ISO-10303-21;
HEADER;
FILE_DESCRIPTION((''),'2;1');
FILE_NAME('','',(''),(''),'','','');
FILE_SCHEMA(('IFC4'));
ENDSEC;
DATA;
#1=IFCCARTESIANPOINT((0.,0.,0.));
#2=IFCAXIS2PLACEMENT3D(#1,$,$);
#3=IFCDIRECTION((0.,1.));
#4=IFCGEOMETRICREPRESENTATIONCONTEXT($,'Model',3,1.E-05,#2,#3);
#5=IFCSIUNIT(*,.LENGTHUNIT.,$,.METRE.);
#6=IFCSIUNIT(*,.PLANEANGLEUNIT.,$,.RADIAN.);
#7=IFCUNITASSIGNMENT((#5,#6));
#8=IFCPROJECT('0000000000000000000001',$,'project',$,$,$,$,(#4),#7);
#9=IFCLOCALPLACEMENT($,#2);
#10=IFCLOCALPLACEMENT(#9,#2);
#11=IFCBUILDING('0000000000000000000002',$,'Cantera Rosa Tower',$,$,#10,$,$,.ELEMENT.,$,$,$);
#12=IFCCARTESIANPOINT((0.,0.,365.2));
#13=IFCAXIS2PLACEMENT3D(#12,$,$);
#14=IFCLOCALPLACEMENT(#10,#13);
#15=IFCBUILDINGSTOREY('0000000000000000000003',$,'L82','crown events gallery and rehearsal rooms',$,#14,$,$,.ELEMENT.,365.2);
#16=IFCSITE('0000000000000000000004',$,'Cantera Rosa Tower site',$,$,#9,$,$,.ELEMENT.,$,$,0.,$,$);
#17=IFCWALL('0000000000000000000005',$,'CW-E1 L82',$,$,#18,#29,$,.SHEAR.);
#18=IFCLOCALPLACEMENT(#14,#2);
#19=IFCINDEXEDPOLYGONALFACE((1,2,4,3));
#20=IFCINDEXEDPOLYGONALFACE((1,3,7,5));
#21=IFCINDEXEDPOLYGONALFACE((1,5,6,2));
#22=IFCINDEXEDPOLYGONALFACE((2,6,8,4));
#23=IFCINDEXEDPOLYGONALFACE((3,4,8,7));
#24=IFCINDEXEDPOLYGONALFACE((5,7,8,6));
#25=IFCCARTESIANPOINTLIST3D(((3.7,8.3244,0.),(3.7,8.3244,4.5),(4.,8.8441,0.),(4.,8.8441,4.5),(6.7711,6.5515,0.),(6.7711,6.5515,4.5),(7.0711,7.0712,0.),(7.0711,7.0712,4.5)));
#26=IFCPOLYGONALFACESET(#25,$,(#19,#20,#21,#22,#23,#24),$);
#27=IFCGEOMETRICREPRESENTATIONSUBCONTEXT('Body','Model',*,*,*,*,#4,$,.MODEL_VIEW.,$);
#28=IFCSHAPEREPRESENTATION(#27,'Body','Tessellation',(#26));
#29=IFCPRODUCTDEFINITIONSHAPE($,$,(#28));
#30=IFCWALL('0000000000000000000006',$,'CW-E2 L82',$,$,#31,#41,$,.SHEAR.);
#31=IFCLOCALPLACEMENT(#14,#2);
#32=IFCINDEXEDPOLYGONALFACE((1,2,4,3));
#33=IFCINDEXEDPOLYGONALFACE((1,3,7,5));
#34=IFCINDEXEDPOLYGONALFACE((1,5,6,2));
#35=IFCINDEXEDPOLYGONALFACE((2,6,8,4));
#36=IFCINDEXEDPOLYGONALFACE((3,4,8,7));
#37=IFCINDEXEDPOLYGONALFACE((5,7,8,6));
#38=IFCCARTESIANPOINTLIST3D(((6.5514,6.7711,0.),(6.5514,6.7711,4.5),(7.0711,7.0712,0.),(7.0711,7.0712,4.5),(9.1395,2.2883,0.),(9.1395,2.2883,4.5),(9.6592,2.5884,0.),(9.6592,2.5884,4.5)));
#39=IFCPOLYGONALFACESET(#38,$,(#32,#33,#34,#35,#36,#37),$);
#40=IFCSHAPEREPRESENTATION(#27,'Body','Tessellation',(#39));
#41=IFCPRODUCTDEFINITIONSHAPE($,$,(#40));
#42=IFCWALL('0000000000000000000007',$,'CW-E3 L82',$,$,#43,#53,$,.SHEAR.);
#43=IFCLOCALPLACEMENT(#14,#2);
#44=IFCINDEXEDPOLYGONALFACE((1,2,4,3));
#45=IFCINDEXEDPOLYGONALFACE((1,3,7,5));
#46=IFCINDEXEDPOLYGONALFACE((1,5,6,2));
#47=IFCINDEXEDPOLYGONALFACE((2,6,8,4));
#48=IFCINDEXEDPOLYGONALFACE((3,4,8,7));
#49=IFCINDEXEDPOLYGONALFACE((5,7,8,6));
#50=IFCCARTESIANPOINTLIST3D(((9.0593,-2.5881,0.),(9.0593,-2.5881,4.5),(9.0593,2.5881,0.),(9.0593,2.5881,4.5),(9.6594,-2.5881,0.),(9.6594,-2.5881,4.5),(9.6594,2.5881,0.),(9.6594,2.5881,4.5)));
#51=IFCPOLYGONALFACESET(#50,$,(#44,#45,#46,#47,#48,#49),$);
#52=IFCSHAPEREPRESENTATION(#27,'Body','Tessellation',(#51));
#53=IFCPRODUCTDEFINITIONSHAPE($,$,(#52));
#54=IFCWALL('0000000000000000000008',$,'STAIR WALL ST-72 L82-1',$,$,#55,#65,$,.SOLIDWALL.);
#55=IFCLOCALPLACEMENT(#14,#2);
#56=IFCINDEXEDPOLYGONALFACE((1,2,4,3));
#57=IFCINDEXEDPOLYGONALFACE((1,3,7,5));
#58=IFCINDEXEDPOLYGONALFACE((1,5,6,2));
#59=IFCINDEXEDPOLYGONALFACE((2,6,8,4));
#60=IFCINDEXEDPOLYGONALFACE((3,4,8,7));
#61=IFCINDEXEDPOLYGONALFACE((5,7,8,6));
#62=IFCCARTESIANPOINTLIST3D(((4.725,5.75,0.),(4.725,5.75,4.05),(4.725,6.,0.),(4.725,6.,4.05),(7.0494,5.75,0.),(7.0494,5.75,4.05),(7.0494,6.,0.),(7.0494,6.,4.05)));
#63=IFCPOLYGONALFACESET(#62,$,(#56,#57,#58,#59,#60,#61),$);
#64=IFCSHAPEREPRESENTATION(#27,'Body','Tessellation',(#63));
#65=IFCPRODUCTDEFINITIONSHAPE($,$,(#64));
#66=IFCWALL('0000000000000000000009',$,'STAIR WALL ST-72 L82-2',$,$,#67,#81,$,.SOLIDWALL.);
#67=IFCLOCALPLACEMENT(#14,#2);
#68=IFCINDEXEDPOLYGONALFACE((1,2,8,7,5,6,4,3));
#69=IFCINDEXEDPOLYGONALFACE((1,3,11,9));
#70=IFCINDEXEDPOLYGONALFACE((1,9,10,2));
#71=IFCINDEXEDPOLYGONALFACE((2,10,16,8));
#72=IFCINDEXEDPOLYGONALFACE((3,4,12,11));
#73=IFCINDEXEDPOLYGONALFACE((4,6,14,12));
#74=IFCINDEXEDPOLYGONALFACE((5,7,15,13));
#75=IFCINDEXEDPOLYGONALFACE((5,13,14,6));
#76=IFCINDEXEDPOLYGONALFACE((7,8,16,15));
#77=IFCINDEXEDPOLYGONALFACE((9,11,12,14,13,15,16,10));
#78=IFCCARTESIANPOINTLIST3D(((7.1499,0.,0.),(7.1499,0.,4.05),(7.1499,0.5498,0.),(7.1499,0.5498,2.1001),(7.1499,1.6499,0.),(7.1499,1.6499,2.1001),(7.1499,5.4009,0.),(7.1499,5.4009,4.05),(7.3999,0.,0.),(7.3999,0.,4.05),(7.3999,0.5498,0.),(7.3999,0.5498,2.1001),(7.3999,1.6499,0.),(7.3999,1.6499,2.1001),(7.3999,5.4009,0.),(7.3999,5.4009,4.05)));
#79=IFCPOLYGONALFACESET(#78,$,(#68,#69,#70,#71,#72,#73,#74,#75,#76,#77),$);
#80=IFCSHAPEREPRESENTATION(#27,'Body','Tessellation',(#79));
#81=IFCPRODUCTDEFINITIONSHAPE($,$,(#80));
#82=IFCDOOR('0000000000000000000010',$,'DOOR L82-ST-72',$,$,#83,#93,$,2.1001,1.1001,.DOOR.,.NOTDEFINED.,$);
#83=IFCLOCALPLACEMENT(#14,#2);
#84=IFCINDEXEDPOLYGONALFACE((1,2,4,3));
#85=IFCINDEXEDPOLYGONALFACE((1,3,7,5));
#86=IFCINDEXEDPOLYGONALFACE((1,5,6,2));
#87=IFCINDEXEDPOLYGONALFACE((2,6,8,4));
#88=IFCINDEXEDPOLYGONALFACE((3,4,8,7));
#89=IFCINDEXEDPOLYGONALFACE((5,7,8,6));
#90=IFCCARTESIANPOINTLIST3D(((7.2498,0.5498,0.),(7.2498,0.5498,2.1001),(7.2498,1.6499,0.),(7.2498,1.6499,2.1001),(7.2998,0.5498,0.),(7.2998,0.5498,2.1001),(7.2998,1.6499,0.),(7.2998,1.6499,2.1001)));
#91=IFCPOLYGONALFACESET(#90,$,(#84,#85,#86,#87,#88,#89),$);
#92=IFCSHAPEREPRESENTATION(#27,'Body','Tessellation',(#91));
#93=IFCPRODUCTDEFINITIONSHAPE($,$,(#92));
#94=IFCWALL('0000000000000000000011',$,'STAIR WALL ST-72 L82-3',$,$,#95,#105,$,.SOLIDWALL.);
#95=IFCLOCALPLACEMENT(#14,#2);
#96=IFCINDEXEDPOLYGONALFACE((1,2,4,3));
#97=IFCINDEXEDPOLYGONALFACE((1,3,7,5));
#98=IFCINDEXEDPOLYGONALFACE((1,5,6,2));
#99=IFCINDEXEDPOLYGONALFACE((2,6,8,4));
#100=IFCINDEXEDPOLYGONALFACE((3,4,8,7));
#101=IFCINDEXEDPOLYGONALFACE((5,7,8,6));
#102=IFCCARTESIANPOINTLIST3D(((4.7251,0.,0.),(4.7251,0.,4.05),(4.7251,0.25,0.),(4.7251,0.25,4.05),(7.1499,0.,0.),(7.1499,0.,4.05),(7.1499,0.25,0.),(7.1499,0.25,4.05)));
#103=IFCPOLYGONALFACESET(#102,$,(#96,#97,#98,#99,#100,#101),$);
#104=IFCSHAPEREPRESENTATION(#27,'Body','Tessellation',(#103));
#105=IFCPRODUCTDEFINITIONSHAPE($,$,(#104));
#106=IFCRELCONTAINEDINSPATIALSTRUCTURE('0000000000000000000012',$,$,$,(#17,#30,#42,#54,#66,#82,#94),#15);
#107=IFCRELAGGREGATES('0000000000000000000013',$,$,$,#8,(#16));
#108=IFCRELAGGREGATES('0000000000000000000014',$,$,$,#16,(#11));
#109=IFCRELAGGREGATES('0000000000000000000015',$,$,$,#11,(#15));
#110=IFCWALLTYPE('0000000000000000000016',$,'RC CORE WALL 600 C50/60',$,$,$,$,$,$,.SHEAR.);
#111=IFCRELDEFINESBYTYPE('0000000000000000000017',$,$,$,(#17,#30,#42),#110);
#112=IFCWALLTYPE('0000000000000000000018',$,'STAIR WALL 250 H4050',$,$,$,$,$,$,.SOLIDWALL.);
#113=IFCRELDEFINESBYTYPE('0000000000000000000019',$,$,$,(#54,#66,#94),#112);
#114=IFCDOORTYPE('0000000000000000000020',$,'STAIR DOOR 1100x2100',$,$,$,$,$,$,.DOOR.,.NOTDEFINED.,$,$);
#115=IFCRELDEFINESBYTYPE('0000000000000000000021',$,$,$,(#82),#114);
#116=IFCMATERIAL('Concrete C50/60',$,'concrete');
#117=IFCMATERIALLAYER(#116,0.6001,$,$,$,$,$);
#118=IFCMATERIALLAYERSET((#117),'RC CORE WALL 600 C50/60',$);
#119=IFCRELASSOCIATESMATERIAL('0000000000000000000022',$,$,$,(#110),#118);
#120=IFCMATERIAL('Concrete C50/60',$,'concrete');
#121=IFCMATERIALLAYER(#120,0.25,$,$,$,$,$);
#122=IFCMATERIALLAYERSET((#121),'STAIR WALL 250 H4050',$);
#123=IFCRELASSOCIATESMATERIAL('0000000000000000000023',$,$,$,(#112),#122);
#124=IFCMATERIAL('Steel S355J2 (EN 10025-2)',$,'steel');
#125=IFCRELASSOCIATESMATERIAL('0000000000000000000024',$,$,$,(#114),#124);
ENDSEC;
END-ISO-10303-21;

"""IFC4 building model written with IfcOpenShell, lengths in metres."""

from ifc_helpers import new_model, si_unit, direction, frame, frame_2d, origin, place, context, subcontext, project, spatial, rectangle, extrude, material, layer, layer_set, type_object, element, fill, save


model = new_model("IFC4")

# Units and contexts
model_context = context("Model", 3, precision=1e-05, world=origin(), true_north=direction((0.0, 1.0)))
body_context = subcontext(model_context, "Body", "Model", "MODEL_VIEW")
ifc_project = project(units=[si_unit("LENGTHUNIT", "METRE"), si_unit("PLANEANGLEUNIT", "RADIAN")], contexts=[model_context])

# Site, building, storey
site_placement = place(None, origin())
site = spatial("IfcSite", under=ifc_project, at=site_placement, Name="Cantera Rosa Tower site", CompositionType="ELEMENT", RefElevation=0.0)
building_placement = place(site_placement, origin())
building = spatial("IfcBuilding", under=site, at=building_placement, Name="Cantera Rosa Tower", CompositionType="ELEMENT")
storey_placement = place(building_placement, frame((0.0, 0.0, 365.2)))
storey = spatial("IfcBuildingStorey", under=building, at=storey_placement, Name="L82", Description="crown events gallery and rehearsal rooms", CompositionType="ELEMENT", Elevation=365.2)

# Walls
ifc_material_1 = material(Name="Concrete C50/60", Category="concrete")
ifc_layer_1 = layer(ifc_material_1, 0.6001)
ifc_layer_set_1 = layer_set([ifc_layer_1], Name="RC CORE WALL 600 C50/60")
wall_type_1 = type_object("IfcWallType", Name="RC CORE WALL 600 C50/60", PredefinedType="SHEAR", material=ifc_layer_set_1)
wall_1_placement = place(storey_placement, frame((3.8501, 8.5842, 0.0), z_axis=(0.0, 0.0, 1.0), x_axis=(0.86604, -0.499975, 0.0)))
element("IfcWall", 1, at=wall_1_placement, inside=storey, type_object=wall_type_1, Name="CW-E1 L82", PredefinedType="SHEAR", context=body_context, shape_type="SweptSolid", body=[
    extrude(rectangle(XDim=3.5461, YDim=0.6001, at=frame_2d((1.7729, 0.0))), origin(), (0.0, 0.0, 1.0), 4.5),
])
for number, where, z_axis, x_axis, name in (
    (2, (6.8113, 6.9211, 0.0), (0.0, 0.0, 1.0), (0.499989, -0.866032, 0.0), "CW-E2 L82"),
    (3, (9.3594, 2.5881, 0.0), (0.0, 0.0, 1.0), (0.0, -1.0, 0.0), "CW-E3 L82"),
):
    element("IfcWall", number, at=place(storey_placement, frame(where, z_axis=z_axis, x_axis=x_axis)), inside=storey, type_object=wall_type_1, Name=name, PredefinedType="SHEAR", context=body_context, shape_type="SweptSolid", body=[
        extrude(rectangle(XDim=5.1763, YDim=0.6001, at=frame_2d((2.5881, 0.0))), origin(), (0.0, 0.0, 1.0), 4.5),
    ])
ifc_material_2 = material(Name="Concrete C50/60", Category="concrete")
ifc_layer_2 = layer(ifc_material_2, 0.25)
ifc_layer_set_2 = layer_set([ifc_layer_2], Name="STAIR WALL 250 H4050")
wall_type_2 = type_object("IfcWallType", Name="STAIR WALL 250 H4050", PredefinedType="SOLIDWALL", material=ifc_layer_set_2)
wall_2_placement = place(storey_placement, frame((4.7251, 5.875, 0.0), z_axis=(0.0, 0.0, 1.0), x_axis=(1.0, 0.0, 0.0)))
element("IfcWall", 4, at=wall_2_placement, inside=storey, type_object=wall_type_2, Name="STAIR WALL ST-72 L82-1", PredefinedType="SOLIDWALL", context=body_context, shape_type="SweptSolid", body=[
    extrude(rectangle(XDim=2.3245, YDim=0.25, at=frame_2d((1.1621, 0.0))), origin(), (0.0, 0.0, 1.0), 4.05),
])

# Wall, opening, door
wall_3_placement = place(storey_placement, frame((7.2749, 5.4009, 0.0), z_axis=(0.0, 0.0, 1.0), x_axis=(0.0, -1.0, 0.0)))
wall_3 = element("IfcWall", 5, at=wall_3_placement, inside=storey, type_object=wall_type_2, Name="STAIR WALL ST-72 L82-2", PredefinedType="SOLIDWALL", context=body_context, shape_type="SweptSolid", body=[
    extrude(rectangle(XDim=5.4009, YDim=0.25, at=frame_2d((2.7004, 0.0))), origin(), (0.0, 0.0, 1.0), 4.05),
])
opening_1_placement = place(wall_3_placement, frame((3.751, 0.0, 0.0)))
opening_1 = element("IfcOpeningElement", 6, at=opening_1_placement, cuts=wall_3, PredefinedType="OPENING", context=body_context, shape_type="SweptSolid", body=[
    extrude(rectangle(XDim=1.1001, YDim=2.1001, at=frame_2d((0.55, 1.05))), frame((0.0, 0.135, 0.0), z_axis=(0.0, -1.0, 0.0), x_axis=(1.0, 0.0, 0.0)), (0.0, 0.0, 1.0), 0.27),
])
ifc_material_3 = material(Name="Steel S355J2 (EN 10025-2)", Category="steel")
door_type_1 = type_object("IfcDoorType", Name="STAIR DOOR 1100x2100", OperationType="NOTDEFINED", PredefinedType="DOOR", material=ifc_material_3)
door_1_placement = place(opening_1_placement, origin())
door_1 = element("IfcDoor", 7, at=door_1_placement, inside=storey, type_object=door_type_1, Name="DOOR L82-ST-72", OperationType="NOTDEFINED", OverallHeight=2.1001, OverallWidth=1.1001, PredefinedType="DOOR", context=body_context, shape_type="SweptSolid", body=[
    extrude(rectangle(XDim=1.1001, YDim=2.1001, at=frame_2d((0.55, 1.05))), frame((0.0, 0.0249, 0.0), z_axis=(0.0, -1.0, 0.0), x_axis=(1.0, 0.0, 0.0)), (0.0, 0.0, 1.0), 0.05),
])
fill(opening_1, door_1)

# Wall
wall_4_placement = place(storey_placement, frame((7.1499, 0.125, 0.0), z_axis=(0.0, 0.0, 1.0), x_axis=(-1.0, 0.0, 0.0)))
element("IfcWall", 8, at=wall_4_placement, inside=storey, type_object=wall_type_2, Name="STAIR WALL ST-72 L82-3", PredefinedType="SOLIDWALL", context=body_context, shape_type="SweptSolid", body=[
    extrude(rectangle(XDim=2.4248, YDim=0.25, at=frame_2d((1.2124, 0.0))), origin(), (0.0, 0.0, 1.0), 4.05),
])

save(model, "model.ifc")
